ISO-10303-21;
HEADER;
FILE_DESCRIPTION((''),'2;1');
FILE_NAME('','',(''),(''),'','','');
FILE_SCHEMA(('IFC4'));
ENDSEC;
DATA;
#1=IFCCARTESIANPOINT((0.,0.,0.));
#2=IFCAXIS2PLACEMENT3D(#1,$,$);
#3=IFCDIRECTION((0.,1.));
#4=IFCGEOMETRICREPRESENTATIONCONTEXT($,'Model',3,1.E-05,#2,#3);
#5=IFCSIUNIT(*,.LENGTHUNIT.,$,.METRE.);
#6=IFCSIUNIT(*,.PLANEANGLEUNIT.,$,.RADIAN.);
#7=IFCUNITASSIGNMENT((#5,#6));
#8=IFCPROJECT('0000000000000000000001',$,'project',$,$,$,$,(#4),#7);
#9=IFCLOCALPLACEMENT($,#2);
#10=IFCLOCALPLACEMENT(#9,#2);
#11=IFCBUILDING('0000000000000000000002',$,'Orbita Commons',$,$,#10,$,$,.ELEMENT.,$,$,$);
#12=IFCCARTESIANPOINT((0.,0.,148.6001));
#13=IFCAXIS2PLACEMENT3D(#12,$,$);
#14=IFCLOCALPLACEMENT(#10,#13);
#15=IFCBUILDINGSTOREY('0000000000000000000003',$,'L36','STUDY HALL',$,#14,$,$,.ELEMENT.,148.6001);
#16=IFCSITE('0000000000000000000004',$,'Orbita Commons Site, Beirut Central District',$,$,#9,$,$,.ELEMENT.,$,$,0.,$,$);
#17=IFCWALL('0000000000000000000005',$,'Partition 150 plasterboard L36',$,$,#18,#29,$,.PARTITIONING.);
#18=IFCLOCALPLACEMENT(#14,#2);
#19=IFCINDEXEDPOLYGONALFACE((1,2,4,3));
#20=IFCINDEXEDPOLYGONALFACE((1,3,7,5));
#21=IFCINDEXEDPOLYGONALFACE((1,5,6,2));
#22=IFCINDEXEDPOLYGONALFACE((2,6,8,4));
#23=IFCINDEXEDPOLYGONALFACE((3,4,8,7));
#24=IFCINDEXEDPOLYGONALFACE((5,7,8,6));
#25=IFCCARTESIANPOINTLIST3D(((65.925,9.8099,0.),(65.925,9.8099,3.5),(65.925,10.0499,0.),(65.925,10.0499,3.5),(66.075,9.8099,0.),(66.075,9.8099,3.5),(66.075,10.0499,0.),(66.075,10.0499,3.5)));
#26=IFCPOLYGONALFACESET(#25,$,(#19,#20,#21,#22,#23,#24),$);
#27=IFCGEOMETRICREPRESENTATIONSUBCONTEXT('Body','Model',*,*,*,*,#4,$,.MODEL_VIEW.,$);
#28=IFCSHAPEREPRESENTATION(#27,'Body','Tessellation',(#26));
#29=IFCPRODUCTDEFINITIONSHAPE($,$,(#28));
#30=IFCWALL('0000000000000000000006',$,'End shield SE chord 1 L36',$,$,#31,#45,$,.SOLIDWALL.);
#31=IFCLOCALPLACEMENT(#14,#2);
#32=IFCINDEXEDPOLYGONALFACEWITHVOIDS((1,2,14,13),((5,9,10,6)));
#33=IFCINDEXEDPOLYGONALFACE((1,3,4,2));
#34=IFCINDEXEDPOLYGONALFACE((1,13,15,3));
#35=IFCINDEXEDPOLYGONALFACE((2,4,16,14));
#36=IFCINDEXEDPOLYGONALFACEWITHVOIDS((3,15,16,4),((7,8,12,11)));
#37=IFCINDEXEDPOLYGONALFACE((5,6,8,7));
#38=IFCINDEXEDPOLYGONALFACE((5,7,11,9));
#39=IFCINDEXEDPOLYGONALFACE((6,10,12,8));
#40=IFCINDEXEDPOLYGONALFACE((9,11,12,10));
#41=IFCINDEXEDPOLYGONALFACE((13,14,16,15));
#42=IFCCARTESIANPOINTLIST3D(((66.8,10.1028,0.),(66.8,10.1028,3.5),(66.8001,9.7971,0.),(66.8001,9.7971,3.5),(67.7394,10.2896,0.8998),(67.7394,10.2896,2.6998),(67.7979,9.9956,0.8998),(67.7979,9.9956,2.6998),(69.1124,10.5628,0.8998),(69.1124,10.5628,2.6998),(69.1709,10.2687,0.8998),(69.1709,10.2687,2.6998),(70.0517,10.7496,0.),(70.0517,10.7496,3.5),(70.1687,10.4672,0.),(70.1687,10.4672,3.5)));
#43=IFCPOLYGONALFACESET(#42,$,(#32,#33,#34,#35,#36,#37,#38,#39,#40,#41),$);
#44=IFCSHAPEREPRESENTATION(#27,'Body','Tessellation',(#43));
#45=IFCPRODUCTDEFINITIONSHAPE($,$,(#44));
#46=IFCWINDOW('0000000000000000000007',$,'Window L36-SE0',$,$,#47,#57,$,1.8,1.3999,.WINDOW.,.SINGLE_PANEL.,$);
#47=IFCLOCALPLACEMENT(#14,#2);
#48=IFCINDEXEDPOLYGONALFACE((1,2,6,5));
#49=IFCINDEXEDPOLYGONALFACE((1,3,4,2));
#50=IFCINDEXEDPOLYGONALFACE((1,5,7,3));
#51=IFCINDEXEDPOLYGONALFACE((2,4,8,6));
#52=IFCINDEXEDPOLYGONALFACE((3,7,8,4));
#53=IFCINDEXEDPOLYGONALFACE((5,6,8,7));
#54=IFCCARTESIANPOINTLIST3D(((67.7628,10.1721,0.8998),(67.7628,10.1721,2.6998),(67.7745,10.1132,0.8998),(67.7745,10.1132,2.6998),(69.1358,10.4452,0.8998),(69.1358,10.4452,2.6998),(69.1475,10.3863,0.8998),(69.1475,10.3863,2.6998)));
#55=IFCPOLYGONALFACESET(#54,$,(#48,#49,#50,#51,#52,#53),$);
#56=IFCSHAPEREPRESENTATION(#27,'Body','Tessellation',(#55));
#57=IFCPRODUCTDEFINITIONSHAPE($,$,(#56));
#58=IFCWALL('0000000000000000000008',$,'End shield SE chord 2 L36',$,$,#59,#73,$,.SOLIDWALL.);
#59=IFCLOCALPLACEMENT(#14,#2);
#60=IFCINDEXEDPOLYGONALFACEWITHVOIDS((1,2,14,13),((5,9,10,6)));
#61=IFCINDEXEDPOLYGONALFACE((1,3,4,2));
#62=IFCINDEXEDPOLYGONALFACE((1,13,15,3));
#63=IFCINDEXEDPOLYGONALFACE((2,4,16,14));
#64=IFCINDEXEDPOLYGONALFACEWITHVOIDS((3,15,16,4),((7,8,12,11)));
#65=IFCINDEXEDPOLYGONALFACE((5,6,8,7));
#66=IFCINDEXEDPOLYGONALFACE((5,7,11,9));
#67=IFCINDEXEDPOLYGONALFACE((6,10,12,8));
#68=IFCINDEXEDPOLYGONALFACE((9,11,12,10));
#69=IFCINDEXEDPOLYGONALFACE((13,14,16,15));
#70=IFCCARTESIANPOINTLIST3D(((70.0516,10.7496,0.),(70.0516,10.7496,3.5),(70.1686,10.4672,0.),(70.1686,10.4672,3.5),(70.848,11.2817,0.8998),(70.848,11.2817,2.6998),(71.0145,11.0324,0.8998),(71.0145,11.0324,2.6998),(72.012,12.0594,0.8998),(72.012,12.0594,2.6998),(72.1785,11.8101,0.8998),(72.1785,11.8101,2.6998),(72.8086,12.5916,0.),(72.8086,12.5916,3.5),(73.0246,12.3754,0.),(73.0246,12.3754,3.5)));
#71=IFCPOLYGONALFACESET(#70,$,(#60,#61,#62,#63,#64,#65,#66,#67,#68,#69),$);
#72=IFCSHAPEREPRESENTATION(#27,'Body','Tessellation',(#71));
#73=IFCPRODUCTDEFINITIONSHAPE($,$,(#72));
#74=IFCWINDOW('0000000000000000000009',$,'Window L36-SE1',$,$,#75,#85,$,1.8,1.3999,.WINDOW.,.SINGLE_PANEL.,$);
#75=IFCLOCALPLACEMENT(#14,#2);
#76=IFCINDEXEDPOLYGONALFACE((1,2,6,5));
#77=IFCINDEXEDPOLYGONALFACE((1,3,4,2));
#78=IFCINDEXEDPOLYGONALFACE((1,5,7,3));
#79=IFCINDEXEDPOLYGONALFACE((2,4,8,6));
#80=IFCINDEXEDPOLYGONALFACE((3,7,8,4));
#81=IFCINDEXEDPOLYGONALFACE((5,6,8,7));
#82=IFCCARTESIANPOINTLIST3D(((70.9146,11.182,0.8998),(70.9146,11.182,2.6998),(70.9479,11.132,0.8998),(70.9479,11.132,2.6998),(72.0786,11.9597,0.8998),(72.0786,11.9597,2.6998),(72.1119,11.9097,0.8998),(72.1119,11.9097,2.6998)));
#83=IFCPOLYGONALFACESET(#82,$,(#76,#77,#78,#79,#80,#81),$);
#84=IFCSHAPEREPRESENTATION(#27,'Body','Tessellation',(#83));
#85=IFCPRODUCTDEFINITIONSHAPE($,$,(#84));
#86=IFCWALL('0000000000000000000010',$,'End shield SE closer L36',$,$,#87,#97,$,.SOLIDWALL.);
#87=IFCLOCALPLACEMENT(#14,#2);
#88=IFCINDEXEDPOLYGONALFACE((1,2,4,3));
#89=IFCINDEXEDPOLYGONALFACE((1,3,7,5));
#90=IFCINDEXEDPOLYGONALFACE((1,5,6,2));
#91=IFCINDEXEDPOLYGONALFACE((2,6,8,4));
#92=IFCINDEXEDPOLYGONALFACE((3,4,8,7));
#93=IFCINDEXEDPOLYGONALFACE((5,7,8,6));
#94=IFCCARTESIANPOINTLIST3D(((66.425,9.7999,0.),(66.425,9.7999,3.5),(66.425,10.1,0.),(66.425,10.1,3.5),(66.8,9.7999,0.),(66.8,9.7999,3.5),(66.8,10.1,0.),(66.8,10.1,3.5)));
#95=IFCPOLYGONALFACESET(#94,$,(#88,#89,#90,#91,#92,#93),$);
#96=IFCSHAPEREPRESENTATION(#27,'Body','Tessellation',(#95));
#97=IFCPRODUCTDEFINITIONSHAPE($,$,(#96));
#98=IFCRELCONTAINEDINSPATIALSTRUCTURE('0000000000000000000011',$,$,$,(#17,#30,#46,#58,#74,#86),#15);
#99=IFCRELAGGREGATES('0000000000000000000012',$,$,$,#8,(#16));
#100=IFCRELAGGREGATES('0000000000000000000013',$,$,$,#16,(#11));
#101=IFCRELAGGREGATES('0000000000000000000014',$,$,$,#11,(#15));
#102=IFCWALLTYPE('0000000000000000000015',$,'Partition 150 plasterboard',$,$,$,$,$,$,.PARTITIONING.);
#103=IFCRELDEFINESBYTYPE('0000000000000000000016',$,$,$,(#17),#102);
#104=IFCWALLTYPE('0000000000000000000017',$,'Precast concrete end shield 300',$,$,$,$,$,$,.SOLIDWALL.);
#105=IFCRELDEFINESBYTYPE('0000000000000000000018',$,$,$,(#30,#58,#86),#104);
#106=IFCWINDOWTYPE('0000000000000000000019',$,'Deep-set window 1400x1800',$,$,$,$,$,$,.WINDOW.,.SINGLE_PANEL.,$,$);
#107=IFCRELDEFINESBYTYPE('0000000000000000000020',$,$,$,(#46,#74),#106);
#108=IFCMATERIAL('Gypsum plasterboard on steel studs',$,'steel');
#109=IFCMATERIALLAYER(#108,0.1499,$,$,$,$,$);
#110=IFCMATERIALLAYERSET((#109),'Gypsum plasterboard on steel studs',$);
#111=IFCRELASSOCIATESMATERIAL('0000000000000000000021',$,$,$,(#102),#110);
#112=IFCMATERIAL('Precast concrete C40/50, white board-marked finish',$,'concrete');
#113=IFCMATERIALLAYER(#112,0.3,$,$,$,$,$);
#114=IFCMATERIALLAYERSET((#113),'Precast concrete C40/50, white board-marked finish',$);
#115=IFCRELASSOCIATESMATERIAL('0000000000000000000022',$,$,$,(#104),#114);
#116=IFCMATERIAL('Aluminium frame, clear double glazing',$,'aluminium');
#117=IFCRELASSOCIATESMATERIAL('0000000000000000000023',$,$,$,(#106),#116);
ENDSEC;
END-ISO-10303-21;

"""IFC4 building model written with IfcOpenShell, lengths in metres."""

from ifc_helpers import new_model, si_unit, direction, frame, frame_2d, origin, place, context, subcontext, project, spatial, polyline, rectangle, outline, extrude, material, layer, layer_set, type_object, element, fill, save


model = new_model("IFC4")

# Units and contexts
model_context = context("Model", 3, precision=1e-05, world=origin(), true_north=direction((0.0, 1.0)))
body_context = subcontext(model_context, "Body", "Model", "MODEL_VIEW")
ifc_project = project(units=[si_unit("LENGTHUNIT", "METRE"), si_unit("PLANEANGLEUNIT", "RADIAN")], contexts=[model_context])

# Site, building, storey
site_placement = place(None, origin())
site = spatial("IfcSite", under=ifc_project, at=site_placement, Name="Orbita Commons Site, Beirut Central District", CompositionType="ELEMENT", RefElevation=0.0)
building_placement = place(site_placement, origin())
building = spatial("IfcBuilding", under=site, at=building_placement, Name="Orbita Commons", CompositionType="ELEMENT")
storey_placement = place(building_placement, frame((0.0, 0.0, 148.6001)))
storey = spatial("IfcBuildingStorey", under=building, at=storey_placement, Name="L36", Description="STUDY HALL", CompositionType="ELEMENT", Elevation=148.6001)

# Wall
ifc_material_1 = material(Name="Gypsum plasterboard on steel studs", Category="steel")
ifc_layer_1 = layer(ifc_material_1, 0.1499)
ifc_layer_set_1 = layer_set([ifc_layer_1], Name="Gypsum plasterboard on steel studs")
wall_type_1 = type_object("IfcWallType", Name="Partition 150 plasterboard", PredefinedType="PARTITIONING", material=ifc_layer_set_1)
for number, where, z_axis, x_axis, name in (
    (1, (66.0, 10.05, 0.0), (0.0, 0.0, 1.0), (0.0, -1.0, 0.0), "Partition 150 plasterboard L36"),
):
    element("IfcWall", number, at=place(storey_placement, frame(where, z_axis=z_axis, x_axis=x_axis)), inside=storey, type_object=wall_type_1, Name=name, PredefinedType="PARTITIONING", context=body_context, shape_type="SweptSolid", body=[
        extrude(rectangle(XDim=0.24, YDim=0.1499, at=frame_2d((0.1201, 0.0))), origin(), (0.0, 0.0, 1.0), 3.5),
    ])

# Walls, openings, windows
ifc_material_2 = material(Name="Precast concrete C40/50, white board-marked finish", Category="concrete")
ifc_layer_2 = layer(ifc_material_2, 0.3)
ifc_layer_set_2 = layer_set([ifc_layer_2], Name="Precast concrete C40/50, white board-marked finish")
wall_type_2 = type_object("IfcWallType", Name="Precast concrete end shield 300", PredefinedType="SOLIDWALL", material=ifc_layer_set_2)
wall_1_placement = place(storey_placement, frame((66.8, 9.95, 0.0), z_axis=(0.0, 0.0, 1.0), x_axis=(0.980783, 0.1951, 0.0)))
wall_1 = element("IfcWall", 2, at=wall_1_placement, inside=storey, type_object=wall_type_2, Name="End shield SE chord 1 L36", PredefinedType="SOLIDWALL", context=body_context, shape_type="SweptSolid", body=[
    extrude(outline(polyline([(-0.0298, -0.1499), (3.4048, -0.1499), (3.3452, 0.1499), (0.0298, 0.1499), (-0.0298, -0.1499)])), origin(), (0.0, 0.0, 1.0), 3.5),
])
opening_1_placement = place(wall_1_placement, frame((0.9875, 0.0, 0.8999)))
opening_1 = element("IfcOpeningElement", 3, at=opening_1_placement, cuts=wall_1, PredefinedType="OPENING", context=body_context, shape_type="SweptSolid", body=[
    extrude(rectangle(XDim=1.3999, YDim=1.8, at=frame_2d((0.7, 0.8999))), frame((0.0, 0.1599, 0.0), z_axis=(0.0, -1.0, 0.0), x_axis=(1.0, 0.0, 0.0)), (0.0, 0.0, 1.0), 0.3201),
])
ifc_material_3 = material(Name="Aluminium frame, clear double glazing", Category="aluminium")
window_type = type_object("IfcWindowType", Name="Deep-set window 1400x1800", PartitioningType="SINGLE_PANEL", PredefinedType="WINDOW", material=ifc_material_3)
window_1_placement = place(opening_1_placement, origin())
window_1 = element("IfcWindow", 4, at=window_1_placement, inside=storey, type_object=window_type, Name="Window L36-SE0", OverallHeight=1.8, OverallWidth=1.3999, PartitioningType="SINGLE_PANEL", PredefinedType="WINDOW", context=body_context, shape_type="SweptSolid", body=[
    extrude(rectangle(XDim=1.3999, YDim=1.8, at=frame_2d((0.7, 0.8999))), frame((0.0, 0.03, 0.0), z_axis=(0.0, -1.0, 0.0), x_axis=(1.0, 0.0, 0.0)), (0.0, 0.0, 1.0), 0.0601),
])
fill(opening_1, window_1)
wall_2_placement = place(storey_placement, frame((70.1101, 10.6084, 0.0), z_axis=(0.0, 0.0, 1.0), x_axis=(0.831493, 0.555535, 0.0)))
wall_2 = element("IfcWall", 5, at=wall_2_placement, inside=storey, type_object=wall_type_2, Name="End shield SE chord 2 L36", PredefinedType="SOLIDWALL", context=body_context, shape_type="SweptSolid", body=[
    extrude(outline(polyline([(-0.0298, -0.1499), (3.405, -0.1499), (3.3455, 0.1499), (0.0298, 0.1499), (-0.0298, -0.1499)])), origin(), (0.0, 0.0, 1.0), 3.5),
])
opening_2_placement = place(wall_2_placement, frame((0.9875, 0.0, 0.8999)))
opening_2 = element("IfcOpeningElement", 6, at=opening_2_placement, cuts=wall_2, PredefinedType="OPENING", context=body_context, shape_type="SweptSolid", body=[
    extrude(rectangle(XDim=1.3999, YDim=1.8, at=frame_2d((0.7, 0.8999))), frame((0.0, 0.1599, 0.0), z_axis=(0.0, -1.0, 0.0), x_axis=(1.0, 0.0, 0.0)), (0.0, 0.0, 1.0), 0.3201),
])
window_2_placement = place(opening_2_placement, origin())
window_2 = element("IfcWindow", 7, at=window_2_placement, inside=storey, type_object=window_type, Name="Window L36-SE1", OverallHeight=1.8, OverallWidth=1.3999, PartitioningType="SINGLE_PANEL", PredefinedType="WINDOW", context=body_context, shape_type="SweptSolid", body=[
    extrude(rectangle(XDim=1.3999, YDim=1.8, at=frame_2d((0.7, 0.8999))), frame((0.0, 0.03, 0.0), z_axis=(0.0, -1.0, 0.0), x_axis=(1.0, 0.0, 0.0)), (0.0, 0.0, 1.0), 0.0601),
])
fill(opening_2, window_2)

# Wall
wall_3_placement = place(storey_placement, frame((66.8, 9.95, 0.0), z_axis=(0.0, 0.0, 1.0), x_axis=(-1.0, 0.0, 0.0)))
element("IfcWall", 8, at=wall_3_placement, inside=storey, type_object=wall_type_2, Name="End shield SE closer L36", PredefinedType="SOLIDWALL", context=body_context, shape_type="SweptSolid", body=[
    extrude(rectangle(XDim=0.375, YDim=0.3, at=frame_2d((0.1875, 0.0))), origin(), (0.0, 0.0, 1.0), 3.5),
])

save(model, "model.ifc")
